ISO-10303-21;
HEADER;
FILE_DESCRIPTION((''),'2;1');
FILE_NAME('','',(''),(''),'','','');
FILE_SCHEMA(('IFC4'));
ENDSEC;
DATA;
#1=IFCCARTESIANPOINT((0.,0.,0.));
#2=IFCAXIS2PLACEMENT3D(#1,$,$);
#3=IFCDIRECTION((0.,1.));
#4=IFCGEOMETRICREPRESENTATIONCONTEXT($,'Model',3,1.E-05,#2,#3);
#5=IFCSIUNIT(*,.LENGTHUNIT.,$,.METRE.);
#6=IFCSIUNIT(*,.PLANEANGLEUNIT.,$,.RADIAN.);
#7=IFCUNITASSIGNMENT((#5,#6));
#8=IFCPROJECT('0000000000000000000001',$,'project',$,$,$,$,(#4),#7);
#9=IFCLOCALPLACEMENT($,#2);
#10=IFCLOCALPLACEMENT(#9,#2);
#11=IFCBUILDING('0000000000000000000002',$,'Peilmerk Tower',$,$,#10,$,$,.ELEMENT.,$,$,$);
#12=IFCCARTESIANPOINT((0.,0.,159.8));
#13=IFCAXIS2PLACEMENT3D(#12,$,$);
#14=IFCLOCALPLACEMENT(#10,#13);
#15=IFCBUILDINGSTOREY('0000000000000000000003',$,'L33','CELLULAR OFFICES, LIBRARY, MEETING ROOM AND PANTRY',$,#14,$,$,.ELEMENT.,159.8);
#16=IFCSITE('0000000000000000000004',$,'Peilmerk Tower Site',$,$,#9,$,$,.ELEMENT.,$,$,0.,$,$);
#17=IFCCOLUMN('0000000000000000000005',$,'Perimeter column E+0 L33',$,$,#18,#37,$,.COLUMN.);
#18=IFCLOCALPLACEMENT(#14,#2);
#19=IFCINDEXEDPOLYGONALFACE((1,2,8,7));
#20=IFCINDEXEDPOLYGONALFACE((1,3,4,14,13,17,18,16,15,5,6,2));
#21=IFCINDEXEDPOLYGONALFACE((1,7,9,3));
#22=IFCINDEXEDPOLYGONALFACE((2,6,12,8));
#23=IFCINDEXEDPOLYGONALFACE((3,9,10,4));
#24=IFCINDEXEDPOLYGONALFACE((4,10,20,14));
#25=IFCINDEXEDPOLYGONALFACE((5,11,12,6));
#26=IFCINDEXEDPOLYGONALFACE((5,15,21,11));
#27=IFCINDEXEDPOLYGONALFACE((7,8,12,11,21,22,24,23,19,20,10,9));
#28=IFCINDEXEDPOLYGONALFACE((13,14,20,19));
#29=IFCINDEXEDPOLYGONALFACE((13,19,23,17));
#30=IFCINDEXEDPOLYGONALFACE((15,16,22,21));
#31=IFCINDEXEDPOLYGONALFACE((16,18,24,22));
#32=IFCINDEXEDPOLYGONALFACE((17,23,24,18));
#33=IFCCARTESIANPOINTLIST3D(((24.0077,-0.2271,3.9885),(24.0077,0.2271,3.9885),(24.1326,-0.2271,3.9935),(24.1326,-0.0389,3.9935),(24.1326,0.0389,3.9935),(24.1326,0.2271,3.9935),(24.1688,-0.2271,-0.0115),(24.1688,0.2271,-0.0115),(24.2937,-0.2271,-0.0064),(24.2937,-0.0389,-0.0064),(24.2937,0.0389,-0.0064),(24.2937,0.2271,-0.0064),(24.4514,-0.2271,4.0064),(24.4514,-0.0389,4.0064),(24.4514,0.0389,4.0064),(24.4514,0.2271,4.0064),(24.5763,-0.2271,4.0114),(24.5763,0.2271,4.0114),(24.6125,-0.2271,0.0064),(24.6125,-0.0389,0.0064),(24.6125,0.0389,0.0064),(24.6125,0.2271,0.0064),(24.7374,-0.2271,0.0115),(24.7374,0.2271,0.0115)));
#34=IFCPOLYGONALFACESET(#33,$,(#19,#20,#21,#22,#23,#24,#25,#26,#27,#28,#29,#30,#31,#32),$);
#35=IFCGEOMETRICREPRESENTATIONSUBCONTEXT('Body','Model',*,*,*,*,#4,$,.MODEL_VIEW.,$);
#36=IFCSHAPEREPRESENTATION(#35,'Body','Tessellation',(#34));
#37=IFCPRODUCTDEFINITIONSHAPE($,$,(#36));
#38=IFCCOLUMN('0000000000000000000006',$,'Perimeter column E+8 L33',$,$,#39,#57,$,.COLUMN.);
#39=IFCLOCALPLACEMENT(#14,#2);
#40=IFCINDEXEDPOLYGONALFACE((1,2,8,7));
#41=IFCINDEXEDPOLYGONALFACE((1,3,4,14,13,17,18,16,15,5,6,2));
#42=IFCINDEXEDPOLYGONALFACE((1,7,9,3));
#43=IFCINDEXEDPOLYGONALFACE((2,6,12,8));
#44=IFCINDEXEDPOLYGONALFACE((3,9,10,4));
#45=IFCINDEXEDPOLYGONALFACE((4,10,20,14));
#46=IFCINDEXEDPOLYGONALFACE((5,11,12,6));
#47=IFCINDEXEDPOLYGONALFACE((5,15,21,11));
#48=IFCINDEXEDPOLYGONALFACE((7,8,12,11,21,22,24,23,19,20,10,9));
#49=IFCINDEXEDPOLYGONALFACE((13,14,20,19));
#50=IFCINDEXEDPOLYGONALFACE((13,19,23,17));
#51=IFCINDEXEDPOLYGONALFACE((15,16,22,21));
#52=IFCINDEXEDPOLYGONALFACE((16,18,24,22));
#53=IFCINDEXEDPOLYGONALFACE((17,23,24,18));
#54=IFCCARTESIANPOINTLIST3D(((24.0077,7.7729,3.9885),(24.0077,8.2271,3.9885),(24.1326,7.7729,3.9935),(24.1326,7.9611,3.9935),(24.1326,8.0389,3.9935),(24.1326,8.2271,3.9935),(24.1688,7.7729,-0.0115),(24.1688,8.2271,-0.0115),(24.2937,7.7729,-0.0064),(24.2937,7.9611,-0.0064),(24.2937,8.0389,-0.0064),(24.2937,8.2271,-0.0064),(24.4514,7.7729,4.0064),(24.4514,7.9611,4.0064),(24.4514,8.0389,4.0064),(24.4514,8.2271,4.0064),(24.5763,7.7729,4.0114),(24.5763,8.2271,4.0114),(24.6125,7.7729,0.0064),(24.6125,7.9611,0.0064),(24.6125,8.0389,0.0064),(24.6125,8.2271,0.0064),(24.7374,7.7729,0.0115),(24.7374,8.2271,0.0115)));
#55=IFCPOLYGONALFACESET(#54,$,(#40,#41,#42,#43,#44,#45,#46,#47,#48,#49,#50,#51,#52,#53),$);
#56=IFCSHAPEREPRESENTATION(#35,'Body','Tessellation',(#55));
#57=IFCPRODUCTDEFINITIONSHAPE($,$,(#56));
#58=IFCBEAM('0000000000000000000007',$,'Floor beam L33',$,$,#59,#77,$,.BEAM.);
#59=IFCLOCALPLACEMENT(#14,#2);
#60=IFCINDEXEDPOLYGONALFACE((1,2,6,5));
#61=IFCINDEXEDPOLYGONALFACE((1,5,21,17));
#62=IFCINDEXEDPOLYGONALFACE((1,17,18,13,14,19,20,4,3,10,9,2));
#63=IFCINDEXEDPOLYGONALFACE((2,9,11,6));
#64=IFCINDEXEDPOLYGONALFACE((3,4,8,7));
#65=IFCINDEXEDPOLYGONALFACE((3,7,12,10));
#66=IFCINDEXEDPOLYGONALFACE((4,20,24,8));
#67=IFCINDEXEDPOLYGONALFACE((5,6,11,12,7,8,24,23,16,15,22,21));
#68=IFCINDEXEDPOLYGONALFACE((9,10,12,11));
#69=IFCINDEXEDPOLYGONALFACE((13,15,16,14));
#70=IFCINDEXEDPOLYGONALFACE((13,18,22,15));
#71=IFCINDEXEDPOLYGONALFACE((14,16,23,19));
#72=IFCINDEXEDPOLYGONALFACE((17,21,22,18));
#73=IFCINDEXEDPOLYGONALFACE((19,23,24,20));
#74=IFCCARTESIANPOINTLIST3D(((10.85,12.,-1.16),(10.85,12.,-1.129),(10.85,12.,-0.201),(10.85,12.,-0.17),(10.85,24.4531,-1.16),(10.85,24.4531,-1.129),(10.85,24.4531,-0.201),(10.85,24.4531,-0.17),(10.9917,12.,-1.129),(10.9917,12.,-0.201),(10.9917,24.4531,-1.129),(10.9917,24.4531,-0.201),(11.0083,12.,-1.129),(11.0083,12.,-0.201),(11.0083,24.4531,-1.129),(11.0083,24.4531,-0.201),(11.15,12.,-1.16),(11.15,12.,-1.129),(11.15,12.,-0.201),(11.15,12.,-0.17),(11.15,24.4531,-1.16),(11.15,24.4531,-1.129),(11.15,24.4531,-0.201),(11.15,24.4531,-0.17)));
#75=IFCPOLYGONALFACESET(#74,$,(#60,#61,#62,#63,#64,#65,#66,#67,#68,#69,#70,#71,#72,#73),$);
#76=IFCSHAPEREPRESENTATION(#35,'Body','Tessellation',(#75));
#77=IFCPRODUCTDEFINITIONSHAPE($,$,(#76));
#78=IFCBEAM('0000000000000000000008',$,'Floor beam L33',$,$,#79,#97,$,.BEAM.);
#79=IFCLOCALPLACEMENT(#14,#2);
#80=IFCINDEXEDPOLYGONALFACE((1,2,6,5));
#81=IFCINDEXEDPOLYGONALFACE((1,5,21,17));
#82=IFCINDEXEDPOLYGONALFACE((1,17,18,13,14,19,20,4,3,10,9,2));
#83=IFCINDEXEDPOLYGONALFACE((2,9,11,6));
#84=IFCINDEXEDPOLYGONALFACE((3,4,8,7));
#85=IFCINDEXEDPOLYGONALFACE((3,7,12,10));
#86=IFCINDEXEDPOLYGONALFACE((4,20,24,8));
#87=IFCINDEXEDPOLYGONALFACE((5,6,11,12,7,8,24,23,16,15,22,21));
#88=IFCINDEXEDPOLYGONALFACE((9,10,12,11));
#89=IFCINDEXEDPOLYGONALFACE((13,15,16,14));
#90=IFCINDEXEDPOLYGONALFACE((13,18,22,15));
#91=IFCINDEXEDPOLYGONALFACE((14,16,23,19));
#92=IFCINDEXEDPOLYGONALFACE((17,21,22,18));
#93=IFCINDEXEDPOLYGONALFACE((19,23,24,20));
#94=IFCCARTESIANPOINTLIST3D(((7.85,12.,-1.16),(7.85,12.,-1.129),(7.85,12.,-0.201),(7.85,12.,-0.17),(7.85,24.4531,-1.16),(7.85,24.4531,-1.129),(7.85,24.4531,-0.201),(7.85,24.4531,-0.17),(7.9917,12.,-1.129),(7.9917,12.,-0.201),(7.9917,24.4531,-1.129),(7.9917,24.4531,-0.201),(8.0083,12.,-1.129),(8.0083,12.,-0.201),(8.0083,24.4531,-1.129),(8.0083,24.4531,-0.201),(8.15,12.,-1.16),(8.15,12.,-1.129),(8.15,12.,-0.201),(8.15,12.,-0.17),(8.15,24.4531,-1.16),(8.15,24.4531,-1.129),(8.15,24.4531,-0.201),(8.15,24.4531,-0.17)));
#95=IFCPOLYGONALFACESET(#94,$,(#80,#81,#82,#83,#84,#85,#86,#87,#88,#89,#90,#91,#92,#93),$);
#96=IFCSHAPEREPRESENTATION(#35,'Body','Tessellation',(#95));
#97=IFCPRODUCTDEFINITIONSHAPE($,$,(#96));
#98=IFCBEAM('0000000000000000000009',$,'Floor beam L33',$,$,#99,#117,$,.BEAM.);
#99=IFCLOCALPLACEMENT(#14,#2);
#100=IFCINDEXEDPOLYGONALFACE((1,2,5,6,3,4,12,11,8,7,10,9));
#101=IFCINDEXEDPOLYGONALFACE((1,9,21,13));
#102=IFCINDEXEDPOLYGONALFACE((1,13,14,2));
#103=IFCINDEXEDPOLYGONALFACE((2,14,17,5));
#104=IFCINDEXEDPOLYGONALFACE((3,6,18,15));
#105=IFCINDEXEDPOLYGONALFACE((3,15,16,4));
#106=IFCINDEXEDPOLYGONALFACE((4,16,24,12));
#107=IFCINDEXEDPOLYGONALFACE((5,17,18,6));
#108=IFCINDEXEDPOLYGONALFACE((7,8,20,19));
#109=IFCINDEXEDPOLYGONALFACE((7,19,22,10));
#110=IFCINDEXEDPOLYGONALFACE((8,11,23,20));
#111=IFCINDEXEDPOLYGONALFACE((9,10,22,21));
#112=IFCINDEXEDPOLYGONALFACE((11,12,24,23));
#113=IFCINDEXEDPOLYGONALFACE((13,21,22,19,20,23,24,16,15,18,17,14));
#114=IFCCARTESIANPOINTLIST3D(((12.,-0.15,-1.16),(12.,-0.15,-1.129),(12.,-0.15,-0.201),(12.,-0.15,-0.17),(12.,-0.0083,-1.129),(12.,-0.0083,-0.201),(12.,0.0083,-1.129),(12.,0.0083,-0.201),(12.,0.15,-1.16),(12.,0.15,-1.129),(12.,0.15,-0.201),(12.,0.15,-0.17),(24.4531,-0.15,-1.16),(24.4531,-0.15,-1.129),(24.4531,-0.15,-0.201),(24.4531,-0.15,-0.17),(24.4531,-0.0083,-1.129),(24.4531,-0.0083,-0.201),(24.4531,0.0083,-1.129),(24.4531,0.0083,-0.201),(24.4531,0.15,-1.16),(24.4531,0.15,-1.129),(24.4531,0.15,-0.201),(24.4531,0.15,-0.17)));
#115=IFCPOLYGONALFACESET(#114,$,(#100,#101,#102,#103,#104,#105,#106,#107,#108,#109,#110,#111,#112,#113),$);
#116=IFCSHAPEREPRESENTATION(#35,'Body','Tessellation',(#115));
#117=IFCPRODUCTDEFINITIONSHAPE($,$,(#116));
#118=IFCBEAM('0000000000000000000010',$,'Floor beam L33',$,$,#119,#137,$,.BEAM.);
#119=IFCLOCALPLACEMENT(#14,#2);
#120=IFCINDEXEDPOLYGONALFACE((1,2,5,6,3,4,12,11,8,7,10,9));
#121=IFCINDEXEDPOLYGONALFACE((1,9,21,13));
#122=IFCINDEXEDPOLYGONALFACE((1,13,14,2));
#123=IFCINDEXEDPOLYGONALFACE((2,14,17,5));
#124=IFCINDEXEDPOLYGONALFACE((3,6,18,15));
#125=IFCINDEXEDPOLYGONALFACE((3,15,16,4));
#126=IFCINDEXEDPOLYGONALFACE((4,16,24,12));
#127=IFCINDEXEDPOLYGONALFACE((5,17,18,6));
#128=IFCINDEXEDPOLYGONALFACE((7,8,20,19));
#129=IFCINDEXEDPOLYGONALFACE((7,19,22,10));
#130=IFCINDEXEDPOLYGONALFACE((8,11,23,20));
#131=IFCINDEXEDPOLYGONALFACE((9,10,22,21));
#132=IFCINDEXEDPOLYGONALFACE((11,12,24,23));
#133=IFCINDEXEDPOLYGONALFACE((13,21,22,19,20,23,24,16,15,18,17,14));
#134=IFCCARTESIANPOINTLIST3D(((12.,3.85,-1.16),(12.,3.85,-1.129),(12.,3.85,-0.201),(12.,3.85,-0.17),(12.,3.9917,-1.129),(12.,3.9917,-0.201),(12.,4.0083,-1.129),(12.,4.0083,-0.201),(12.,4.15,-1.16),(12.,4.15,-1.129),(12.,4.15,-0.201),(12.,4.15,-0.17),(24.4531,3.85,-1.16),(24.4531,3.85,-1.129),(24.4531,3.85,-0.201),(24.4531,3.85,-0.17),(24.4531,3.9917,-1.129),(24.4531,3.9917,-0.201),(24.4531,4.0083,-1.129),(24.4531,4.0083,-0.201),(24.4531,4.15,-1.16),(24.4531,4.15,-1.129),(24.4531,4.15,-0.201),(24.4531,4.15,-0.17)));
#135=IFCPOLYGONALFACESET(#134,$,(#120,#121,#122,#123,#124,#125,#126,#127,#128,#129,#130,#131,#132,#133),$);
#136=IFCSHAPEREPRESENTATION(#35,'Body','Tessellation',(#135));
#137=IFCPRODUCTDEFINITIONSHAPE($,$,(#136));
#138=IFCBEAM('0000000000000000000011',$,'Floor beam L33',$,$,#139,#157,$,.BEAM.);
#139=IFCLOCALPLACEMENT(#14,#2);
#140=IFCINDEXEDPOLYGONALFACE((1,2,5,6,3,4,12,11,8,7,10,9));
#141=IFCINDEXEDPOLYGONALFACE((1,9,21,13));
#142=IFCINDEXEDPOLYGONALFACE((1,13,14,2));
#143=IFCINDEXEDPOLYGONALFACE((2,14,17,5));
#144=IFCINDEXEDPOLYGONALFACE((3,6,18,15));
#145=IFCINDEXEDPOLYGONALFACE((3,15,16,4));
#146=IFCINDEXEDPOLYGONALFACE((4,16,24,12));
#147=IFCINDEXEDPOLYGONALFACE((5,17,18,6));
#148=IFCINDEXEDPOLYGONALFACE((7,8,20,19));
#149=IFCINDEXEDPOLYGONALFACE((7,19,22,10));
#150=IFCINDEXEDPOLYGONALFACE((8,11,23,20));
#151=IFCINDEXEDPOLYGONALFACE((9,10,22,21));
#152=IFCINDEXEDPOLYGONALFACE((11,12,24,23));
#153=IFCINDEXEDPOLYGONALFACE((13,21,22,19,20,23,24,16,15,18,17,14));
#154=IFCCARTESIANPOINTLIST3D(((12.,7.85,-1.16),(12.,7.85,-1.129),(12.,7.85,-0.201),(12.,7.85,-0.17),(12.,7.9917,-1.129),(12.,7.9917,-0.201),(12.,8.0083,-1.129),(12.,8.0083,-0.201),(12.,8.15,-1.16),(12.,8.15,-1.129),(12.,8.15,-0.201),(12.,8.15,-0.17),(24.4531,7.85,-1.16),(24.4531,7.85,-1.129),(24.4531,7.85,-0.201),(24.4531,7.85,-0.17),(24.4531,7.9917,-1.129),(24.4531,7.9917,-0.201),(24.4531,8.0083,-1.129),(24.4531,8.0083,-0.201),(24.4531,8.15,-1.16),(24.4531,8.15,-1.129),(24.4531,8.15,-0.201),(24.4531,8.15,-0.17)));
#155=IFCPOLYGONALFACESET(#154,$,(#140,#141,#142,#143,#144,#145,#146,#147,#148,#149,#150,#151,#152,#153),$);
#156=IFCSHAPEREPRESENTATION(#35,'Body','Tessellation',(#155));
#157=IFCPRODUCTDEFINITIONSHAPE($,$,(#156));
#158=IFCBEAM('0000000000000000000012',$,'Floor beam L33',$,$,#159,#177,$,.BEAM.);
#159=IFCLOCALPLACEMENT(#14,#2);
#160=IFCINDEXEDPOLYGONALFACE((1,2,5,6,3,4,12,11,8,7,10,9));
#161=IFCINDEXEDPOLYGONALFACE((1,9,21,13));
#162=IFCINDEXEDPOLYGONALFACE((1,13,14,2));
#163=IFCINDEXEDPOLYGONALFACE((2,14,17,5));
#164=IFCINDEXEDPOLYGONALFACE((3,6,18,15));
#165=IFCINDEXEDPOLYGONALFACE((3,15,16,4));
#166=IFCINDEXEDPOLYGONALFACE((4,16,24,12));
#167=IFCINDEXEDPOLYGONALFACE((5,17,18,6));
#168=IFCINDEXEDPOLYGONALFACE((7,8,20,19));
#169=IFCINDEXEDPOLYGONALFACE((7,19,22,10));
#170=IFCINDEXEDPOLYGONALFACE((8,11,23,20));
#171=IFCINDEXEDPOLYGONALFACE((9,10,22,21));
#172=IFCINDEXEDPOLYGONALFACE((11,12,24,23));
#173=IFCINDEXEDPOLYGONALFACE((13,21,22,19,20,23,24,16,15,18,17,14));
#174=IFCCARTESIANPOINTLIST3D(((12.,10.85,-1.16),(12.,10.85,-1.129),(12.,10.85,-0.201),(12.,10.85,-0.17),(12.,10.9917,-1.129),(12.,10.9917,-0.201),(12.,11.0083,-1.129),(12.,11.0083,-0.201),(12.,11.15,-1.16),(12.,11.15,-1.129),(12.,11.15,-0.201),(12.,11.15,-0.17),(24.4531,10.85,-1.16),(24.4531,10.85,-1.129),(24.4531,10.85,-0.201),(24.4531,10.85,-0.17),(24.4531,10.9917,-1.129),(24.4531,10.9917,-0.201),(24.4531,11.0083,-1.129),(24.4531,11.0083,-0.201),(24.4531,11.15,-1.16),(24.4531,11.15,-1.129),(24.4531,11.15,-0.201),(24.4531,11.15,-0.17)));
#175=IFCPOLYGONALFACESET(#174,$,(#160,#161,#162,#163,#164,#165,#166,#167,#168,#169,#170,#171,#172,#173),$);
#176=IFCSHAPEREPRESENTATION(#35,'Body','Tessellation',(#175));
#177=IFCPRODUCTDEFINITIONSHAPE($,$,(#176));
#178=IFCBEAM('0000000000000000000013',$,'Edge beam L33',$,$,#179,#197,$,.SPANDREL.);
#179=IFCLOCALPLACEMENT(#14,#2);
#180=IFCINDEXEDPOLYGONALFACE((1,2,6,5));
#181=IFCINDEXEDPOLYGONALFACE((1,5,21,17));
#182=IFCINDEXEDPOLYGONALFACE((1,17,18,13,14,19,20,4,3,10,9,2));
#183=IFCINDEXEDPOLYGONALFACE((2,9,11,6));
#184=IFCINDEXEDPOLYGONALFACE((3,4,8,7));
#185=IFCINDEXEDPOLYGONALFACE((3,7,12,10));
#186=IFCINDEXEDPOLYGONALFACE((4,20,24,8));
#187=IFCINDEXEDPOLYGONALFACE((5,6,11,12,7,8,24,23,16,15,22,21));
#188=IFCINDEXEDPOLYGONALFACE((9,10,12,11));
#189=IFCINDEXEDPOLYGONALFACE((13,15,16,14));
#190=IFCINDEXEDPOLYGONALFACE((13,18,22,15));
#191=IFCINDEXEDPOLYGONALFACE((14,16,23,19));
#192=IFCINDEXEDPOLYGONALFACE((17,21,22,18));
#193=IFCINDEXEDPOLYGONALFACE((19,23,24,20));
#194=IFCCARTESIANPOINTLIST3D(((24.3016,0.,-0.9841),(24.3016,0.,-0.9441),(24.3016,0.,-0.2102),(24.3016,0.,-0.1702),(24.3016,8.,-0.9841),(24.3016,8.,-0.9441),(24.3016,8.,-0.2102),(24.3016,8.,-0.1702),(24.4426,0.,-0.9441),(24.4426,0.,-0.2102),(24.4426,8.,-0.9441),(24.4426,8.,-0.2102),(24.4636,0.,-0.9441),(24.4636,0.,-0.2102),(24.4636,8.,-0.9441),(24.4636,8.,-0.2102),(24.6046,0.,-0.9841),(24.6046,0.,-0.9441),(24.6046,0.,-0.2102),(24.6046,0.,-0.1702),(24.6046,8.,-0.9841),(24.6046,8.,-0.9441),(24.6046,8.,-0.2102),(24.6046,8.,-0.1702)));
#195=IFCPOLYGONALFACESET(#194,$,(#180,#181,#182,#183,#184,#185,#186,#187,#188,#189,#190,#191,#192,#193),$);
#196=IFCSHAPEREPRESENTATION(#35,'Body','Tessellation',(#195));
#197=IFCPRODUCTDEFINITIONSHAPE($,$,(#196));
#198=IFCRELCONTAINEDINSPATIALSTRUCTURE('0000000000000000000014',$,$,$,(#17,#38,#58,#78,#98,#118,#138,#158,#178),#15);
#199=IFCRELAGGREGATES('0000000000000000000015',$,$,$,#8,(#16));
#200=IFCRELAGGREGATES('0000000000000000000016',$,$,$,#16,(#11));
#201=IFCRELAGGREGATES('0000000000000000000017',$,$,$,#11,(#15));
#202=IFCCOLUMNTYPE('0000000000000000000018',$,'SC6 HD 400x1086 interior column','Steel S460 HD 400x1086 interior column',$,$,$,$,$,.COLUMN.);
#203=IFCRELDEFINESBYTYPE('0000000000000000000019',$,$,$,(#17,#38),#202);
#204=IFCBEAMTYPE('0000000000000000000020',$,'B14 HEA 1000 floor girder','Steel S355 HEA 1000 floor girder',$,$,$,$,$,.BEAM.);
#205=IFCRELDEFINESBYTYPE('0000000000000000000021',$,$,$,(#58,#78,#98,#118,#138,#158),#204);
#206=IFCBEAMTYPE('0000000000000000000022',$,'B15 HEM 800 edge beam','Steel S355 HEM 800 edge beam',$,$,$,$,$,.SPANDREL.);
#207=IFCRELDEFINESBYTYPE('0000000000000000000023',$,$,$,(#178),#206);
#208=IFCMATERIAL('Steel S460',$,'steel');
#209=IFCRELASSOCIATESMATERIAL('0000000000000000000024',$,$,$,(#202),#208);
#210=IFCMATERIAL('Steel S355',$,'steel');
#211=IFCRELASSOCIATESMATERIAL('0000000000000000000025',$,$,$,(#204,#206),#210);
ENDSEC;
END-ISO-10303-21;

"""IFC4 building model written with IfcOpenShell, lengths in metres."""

from ifc_helpers import new_model, si_unit, direction, frame, origin, origin_2d, place, context, subcontext, project, spatial, i_section, extrude, material, material_profile, profile_set, type_object, element, save


model = new_model("IFC4")

# Units and contexts
model_context = context("Model", 3, precision=1e-05, world=origin(), true_north=direction((0.0, 1.0)))
body_context = subcontext(model_context, "Body", "Model", "MODEL_VIEW")
ifc_project = project(units=[si_unit("LENGTHUNIT", "METRE"), si_unit("PLANEANGLEUNIT", "RADIAN")], contexts=[model_context])

# Site, building, storey
site_placement = place(None, origin())
site = spatial("IfcSite", under=ifc_project, at=site_placement, Name="Peilmerk Tower Site", CompositionType="ELEMENT", RefElevation=0.0)
building_placement = place(site_placement, origin())
building = spatial("IfcBuilding", under=site, at=building_placement, Name="Peilmerk Tower", CompositionType="ELEMENT")
storey_placement = place(building_placement, frame((0.0, 0.0, 159.8)))
storey = spatial("IfcBuildingStorey", under=building, at=storey_placement, Name="L33", Description="CELLULAR OFFICES, LIBRARY, MEETING ROOM AND PANTRY", CompositionType="ELEMENT", Elevation=159.8)

# Columns
ifc_material_1 = material(Name="Steel S460", Category="steel")
ifc_material_profile_1 = material_profile(ifc_material_1, i_section(OverallWidth=0.4541, OverallDepth=0.5691, WebThickness=0.0779, FlangeThickness=0.125, at=origin_2d()), Name="HD 400x1086")
ifc_profile_set_1 = profile_set([ifc_material_profile_1], Name="Steel S460")
column_type = type_object("IfcColumnType", Name="SC6 HD 400x1086 interior column", Description="Steel S460 HD 400x1086 interior column", PredefinedType="COLUMN", material=ifc_profile_set_1)
for number, where, z_axis, x_axis, name in (
    (1, (24.4531, 0.0, 0.0), (-0.040251, 0.0, 0.99919), (0.0, -1.0, 0.0), "Perimeter column E+0 L33"),
    (2, (24.4531, 8.0, 0.0), (-0.040251, 0.0, 0.99919), (0.0, -1.0, 0.0), "Perimeter column E+8 L33"),
):
    element("IfcColumn", number, at=place(storey_placement, frame(where, z_axis=z_axis, x_axis=x_axis)), inside=storey, type_object=column_type, Name=name, PredefinedType="COLUMN", context=body_context, shape_type="SweptSolid", body=[
        extrude(i_section(OverallWidth=0.4541, OverallDepth=0.5691, WebThickness=0.0779, FlangeThickness=0.125, at=origin_2d()), origin(), (0.0, 0.0, 1.0), 4.0032),
    ])

# Beams
ifc_material_2 = material(Name="Steel S355", Category="steel")
ifc_material_profile_2 = material_profile(ifc_material_2, i_section(OverallWidth=0.3, OverallDepth=0.99, WebThickness=0.0166, FlangeThickness=0.031, at=origin_2d()), Name="HEA 1000")
ifc_profile_set_2 = profile_set([ifc_material_profile_2], Name="Steel S355")
beam_type_1 = type_object("IfcBeamType", Name="B14 HEA 1000 floor girder", Description="Steel S355 HEA 1000 floor girder", PredefinedType="BEAM", material=ifc_profile_set_2)
for number, where, z_axis, x_axis, name in (
    (3, (11.0, 12.0, -0.665), (0.0, 1.0, 0.0), (-1.0, 0.0, 0.0), "Floor beam L33"),
    (4, (8.0, 12.0, -0.665), (0.0, 1.0, 0.0), (-1.0, 0.0, 0.0), "Floor beam L33"),
    (5, (12.0, 0.0, -0.665), (1.0, 0.0, 0.0), (0.0, 1.0, 0.0), "Floor beam L33"),
    (6, (12.0, 4.0, -0.665), (1.0, 0.0, 0.0), (0.0, 1.0, 0.0), "Floor beam L33"),
    (7, (12.0, 8.0, -0.665), (1.0, 0.0, 0.0), (0.0, 1.0, 0.0), "Floor beam L33"),
    (8, (12.0, 11.0, -0.665), (1.0, 0.0, 0.0), (0.0, 1.0, 0.0), "Floor beam L33"),
):
    element("IfcBeam", number, at=place(storey_placement, frame(where, z_axis=z_axis, x_axis=x_axis)), inside=storey, type_object=beam_type_1, Name=name, PredefinedType="BEAM", context=body_context, shape_type="SweptSolid", body=[
        extrude(i_section(OverallWidth=0.3, OverallDepth=0.99, WebThickness=0.0166, FlangeThickness=0.031, at=origin_2d()), origin(), (0.0, 0.0, 1.0), 12.4531),
    ])
ifc_material_profile_3 = material_profile(ifc_material_2, i_section(OverallWidth=0.303, OverallDepth=0.814, WebThickness=0.021, FlangeThickness=0.04, at=origin_2d()), Name="HEM 800")
ifc_profile_set_3 = profile_set([ifc_material_profile_3], Name="Steel S355")
beam_type_2 = type_object("IfcBeamType", Name="B15 HEM 800 edge beam", Description="Steel S355 HEM 800 edge beam", PredefinedType="SPANDREL", material=ifc_profile_set_3)
for number, where, z_axis, x_axis, name in (
    (9, (24.4531, 0.0, -0.5771), (0.0, 1.0, 0.0), (-1.0, 0.0, 0.0), "Edge beam L33"),
):
    element("IfcBeam", number, at=place(storey_placement, frame(where, z_axis=z_axis, x_axis=x_axis)), inside=storey, type_object=beam_type_2, Name=name, PredefinedType="SPANDREL", context=body_context, shape_type="SweptSolid", body=[
        extrude(i_section(OverallWidth=0.303, OverallDepth=0.814, WebThickness=0.021, FlangeThickness=0.04, at=origin_2d()), origin(), (0.0, 0.0, 1.0), 8.0),
    ])

save(model, "model.ifc")
